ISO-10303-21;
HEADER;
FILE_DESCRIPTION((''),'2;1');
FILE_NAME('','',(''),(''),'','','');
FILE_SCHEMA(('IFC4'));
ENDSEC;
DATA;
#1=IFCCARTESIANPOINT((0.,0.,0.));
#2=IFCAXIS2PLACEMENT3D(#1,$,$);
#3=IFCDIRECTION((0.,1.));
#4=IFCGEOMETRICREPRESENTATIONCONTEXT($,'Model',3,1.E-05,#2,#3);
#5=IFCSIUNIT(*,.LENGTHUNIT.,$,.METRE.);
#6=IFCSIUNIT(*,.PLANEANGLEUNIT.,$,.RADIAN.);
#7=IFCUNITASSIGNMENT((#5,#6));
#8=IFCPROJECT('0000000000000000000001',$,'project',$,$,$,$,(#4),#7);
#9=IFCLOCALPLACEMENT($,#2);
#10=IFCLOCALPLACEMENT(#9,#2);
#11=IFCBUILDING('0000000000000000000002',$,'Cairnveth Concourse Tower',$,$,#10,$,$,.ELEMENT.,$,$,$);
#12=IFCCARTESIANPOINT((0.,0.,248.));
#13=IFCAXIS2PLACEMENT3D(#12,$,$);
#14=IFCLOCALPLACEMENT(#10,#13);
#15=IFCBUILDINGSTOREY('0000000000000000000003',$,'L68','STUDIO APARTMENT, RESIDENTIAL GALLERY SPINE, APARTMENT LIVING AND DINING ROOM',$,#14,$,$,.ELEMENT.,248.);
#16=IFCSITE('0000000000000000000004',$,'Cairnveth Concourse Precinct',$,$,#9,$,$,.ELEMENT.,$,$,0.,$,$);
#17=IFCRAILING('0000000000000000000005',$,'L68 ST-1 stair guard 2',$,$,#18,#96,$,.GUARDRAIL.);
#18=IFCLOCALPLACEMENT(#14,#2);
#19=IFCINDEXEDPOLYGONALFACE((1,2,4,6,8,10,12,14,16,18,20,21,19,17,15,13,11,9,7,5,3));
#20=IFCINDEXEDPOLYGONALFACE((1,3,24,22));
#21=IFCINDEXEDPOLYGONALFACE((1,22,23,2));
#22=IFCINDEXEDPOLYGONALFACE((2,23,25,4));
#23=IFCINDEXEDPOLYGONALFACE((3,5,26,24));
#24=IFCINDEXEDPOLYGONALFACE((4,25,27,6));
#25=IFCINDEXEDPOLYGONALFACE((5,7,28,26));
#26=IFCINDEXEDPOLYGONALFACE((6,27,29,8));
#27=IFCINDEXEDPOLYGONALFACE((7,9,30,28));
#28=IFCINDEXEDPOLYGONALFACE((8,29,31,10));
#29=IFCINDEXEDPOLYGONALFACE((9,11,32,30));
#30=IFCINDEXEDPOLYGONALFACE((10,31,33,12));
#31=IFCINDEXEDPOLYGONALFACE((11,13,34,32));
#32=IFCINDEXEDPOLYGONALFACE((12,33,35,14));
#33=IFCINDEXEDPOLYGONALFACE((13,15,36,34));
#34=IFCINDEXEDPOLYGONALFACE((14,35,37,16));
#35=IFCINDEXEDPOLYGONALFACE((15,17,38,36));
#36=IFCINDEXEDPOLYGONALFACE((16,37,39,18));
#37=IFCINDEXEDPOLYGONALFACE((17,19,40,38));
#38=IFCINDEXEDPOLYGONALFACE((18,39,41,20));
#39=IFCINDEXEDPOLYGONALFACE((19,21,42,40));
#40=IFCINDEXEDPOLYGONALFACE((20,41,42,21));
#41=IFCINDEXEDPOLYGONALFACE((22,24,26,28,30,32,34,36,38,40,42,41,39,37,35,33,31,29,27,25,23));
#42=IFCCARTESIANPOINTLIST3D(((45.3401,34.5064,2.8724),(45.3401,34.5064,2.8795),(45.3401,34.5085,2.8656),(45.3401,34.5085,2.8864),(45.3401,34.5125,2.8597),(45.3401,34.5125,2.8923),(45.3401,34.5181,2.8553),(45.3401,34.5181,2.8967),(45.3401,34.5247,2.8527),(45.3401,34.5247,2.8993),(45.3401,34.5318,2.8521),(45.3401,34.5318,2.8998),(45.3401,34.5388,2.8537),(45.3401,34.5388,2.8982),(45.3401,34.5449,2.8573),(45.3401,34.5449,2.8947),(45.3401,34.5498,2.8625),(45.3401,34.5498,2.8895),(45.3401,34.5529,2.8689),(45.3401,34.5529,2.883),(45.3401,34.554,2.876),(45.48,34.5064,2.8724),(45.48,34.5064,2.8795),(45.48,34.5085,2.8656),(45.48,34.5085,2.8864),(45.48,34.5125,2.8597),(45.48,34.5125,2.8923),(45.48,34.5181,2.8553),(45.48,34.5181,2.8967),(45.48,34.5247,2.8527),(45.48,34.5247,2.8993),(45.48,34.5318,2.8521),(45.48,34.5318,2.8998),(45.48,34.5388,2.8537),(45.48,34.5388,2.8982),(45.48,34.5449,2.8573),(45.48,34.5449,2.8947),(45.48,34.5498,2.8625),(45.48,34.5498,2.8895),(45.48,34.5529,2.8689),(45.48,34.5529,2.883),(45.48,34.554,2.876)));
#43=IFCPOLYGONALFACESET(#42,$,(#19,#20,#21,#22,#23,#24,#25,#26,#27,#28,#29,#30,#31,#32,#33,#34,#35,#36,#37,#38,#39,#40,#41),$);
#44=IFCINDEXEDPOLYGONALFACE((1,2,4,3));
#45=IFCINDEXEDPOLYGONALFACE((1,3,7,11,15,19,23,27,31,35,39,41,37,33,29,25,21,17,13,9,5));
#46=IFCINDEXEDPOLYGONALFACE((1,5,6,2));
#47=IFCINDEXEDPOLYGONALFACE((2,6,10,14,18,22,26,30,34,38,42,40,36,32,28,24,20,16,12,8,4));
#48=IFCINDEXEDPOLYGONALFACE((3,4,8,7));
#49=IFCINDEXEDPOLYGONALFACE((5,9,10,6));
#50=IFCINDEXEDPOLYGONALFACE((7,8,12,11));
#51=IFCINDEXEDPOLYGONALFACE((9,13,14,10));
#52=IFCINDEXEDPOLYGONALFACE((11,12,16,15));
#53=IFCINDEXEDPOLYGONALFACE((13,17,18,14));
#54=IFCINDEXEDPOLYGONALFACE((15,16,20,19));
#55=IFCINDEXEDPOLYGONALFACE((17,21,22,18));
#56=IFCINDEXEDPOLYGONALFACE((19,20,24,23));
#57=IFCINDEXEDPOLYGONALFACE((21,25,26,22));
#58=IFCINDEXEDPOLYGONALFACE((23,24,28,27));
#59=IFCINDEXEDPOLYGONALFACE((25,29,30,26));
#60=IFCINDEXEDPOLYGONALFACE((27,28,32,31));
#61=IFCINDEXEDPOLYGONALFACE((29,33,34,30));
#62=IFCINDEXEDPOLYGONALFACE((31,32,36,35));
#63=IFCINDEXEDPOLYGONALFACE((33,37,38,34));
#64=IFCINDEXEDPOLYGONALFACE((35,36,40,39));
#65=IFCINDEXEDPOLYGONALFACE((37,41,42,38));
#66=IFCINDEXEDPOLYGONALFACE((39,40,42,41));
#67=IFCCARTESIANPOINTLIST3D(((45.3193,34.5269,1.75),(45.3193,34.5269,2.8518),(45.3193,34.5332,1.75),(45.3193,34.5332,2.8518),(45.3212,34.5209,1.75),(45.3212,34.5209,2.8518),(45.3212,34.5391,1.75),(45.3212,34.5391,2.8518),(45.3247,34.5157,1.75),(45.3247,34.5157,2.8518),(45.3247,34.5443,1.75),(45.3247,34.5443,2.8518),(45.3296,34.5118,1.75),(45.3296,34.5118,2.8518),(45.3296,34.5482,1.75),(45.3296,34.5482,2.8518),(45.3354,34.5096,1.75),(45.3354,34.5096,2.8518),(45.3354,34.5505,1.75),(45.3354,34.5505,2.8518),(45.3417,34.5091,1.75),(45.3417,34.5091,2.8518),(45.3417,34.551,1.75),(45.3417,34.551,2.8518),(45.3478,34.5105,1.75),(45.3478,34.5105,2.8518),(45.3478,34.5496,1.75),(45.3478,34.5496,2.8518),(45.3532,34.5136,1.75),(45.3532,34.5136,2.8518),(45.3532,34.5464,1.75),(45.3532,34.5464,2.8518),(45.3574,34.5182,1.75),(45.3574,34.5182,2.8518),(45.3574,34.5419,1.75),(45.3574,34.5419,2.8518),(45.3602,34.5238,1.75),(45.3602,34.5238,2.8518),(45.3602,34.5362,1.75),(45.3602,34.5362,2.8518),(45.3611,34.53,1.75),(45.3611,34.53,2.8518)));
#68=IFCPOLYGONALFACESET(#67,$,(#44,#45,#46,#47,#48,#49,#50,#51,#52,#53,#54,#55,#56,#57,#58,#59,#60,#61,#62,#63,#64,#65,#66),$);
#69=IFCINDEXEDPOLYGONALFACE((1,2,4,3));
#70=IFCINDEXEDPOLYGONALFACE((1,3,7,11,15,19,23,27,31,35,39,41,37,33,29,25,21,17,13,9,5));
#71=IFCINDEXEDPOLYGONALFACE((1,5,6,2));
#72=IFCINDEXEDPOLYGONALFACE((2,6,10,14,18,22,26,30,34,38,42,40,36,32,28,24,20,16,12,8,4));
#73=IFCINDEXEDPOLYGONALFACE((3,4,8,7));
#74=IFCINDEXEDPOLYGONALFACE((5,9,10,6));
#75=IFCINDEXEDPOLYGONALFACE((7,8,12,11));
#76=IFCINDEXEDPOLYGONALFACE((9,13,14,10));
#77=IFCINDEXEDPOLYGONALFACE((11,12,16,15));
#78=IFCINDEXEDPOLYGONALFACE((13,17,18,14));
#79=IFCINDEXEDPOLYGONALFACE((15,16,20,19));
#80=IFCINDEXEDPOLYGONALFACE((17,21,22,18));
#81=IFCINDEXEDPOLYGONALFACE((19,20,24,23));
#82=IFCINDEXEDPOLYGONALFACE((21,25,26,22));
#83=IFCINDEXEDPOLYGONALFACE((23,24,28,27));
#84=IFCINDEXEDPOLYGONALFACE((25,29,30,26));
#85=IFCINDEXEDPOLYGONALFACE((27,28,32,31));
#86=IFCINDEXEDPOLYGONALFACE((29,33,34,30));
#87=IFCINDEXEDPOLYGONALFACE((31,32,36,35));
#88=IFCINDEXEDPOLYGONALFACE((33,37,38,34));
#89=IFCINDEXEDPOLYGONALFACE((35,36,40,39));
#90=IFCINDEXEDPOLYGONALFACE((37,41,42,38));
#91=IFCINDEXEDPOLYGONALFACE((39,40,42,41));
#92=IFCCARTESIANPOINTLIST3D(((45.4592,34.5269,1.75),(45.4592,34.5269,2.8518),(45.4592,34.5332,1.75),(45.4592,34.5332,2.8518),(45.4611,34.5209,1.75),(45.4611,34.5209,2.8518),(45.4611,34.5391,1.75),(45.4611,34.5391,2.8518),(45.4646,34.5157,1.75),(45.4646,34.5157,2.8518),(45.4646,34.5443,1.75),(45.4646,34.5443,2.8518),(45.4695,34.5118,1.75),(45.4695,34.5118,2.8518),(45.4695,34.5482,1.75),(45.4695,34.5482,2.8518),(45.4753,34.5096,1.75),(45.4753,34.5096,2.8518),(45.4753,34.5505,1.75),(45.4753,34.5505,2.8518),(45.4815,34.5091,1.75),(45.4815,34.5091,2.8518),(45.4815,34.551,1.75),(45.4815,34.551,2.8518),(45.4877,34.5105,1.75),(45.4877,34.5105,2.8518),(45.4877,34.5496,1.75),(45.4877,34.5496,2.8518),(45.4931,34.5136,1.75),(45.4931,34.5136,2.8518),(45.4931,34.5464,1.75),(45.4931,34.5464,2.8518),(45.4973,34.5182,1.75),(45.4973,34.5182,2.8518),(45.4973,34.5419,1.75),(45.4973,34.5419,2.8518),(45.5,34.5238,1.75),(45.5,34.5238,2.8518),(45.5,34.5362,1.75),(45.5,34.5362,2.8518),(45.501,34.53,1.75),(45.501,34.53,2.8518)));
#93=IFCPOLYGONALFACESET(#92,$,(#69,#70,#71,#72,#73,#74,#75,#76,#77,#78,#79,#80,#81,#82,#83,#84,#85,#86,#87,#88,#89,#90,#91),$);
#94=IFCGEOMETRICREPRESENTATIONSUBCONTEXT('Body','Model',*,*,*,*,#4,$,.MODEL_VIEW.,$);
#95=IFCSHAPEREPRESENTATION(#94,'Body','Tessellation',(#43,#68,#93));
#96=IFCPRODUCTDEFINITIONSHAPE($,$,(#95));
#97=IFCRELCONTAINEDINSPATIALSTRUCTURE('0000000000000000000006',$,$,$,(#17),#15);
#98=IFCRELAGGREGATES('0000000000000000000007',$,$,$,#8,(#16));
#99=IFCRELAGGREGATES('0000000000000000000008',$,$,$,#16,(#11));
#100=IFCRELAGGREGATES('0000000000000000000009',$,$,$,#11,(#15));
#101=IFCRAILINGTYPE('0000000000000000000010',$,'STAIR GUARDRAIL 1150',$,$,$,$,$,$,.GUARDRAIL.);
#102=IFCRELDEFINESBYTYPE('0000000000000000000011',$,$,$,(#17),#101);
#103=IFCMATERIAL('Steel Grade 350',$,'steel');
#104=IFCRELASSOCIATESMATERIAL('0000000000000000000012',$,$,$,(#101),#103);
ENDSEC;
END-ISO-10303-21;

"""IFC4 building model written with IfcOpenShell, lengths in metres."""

from ifc_helpers import new_model, si_unit, direction, frame, origin, origin_2d, place, context, subcontext, project, spatial, circle, extrude, material, type_object, element, save


model = new_model("IFC4")

# Units and contexts
model_context = context("Model", 3, precision=1e-05, world=origin(), true_north=direction((0.0, 1.0)))
body_context = subcontext(model_context, "Body", "Model", "MODEL_VIEW")
ifc_project = project(units=[si_unit("LENGTHUNIT", "METRE"), si_unit("PLANEANGLEUNIT", "RADIAN")], contexts=[model_context])

# Site, building, storey
site_placement = place(None, origin())
site = spatial("IfcSite", under=ifc_project, at=site_placement, Name="Cairnveth Concourse Precinct", CompositionType="ELEMENT", RefElevation=0.0)
building_placement = place(site_placement, origin())
building = spatial("IfcBuilding", under=site, at=building_placement, Name="Cairnveth Concourse Tower", CompositionType="ELEMENT")
storey_placement = place(building_placement, frame((0.0, 0.0, 248.0)))
storey = spatial("IfcBuildingStorey", under=building, at=storey_placement, Name="L68", Description="STUDIO APARTMENT, RESIDENTIAL GALLERY SPINE, APARTMENT LIVING AND DINING ROOM", CompositionType="ELEMENT", Elevation=248.0)

# Railing
ifc_material_1 = material(Name="Steel Grade 350", Category="steel")
railing_type_1 = type_object("IfcRailingType", Name="STAIR GUARDRAIL 1150", PredefinedType="GUARDRAIL", material=ifc_material_1)
railing_1_placement = place(storey_placement, frame((45.3401, 34.53, 1.75)))
element("IfcRailing", 1, at=railing_1_placement, inside=storey, type_object=railing_type_1, Name="L68 ST-1 stair guard 2", PredefinedType="GUARDRAIL", context=body_context, shape_type="SweptSolid", body=[
    extrude(circle(Radius=0.0239, at=origin_2d()), frame((0.0, 0.0, 1.126), z_axis=(1.0, 0.0, 0.0), x_axis=(0.0, 1.0, 0.0)), (0.0, 0.0, 1.0), 0.1399),
    extrude(circle(Radius=0.021, at=origin_2d()), origin(), (0.0, 0.0, 1.0), 1.1018),
    extrude(circle(Radius=0.021, at=origin_2d()), frame((0.1399, 0.0, 0.0)), (0.0, 0.0, 1.0), 1.1018),
])

save(model, "model.ifc")
